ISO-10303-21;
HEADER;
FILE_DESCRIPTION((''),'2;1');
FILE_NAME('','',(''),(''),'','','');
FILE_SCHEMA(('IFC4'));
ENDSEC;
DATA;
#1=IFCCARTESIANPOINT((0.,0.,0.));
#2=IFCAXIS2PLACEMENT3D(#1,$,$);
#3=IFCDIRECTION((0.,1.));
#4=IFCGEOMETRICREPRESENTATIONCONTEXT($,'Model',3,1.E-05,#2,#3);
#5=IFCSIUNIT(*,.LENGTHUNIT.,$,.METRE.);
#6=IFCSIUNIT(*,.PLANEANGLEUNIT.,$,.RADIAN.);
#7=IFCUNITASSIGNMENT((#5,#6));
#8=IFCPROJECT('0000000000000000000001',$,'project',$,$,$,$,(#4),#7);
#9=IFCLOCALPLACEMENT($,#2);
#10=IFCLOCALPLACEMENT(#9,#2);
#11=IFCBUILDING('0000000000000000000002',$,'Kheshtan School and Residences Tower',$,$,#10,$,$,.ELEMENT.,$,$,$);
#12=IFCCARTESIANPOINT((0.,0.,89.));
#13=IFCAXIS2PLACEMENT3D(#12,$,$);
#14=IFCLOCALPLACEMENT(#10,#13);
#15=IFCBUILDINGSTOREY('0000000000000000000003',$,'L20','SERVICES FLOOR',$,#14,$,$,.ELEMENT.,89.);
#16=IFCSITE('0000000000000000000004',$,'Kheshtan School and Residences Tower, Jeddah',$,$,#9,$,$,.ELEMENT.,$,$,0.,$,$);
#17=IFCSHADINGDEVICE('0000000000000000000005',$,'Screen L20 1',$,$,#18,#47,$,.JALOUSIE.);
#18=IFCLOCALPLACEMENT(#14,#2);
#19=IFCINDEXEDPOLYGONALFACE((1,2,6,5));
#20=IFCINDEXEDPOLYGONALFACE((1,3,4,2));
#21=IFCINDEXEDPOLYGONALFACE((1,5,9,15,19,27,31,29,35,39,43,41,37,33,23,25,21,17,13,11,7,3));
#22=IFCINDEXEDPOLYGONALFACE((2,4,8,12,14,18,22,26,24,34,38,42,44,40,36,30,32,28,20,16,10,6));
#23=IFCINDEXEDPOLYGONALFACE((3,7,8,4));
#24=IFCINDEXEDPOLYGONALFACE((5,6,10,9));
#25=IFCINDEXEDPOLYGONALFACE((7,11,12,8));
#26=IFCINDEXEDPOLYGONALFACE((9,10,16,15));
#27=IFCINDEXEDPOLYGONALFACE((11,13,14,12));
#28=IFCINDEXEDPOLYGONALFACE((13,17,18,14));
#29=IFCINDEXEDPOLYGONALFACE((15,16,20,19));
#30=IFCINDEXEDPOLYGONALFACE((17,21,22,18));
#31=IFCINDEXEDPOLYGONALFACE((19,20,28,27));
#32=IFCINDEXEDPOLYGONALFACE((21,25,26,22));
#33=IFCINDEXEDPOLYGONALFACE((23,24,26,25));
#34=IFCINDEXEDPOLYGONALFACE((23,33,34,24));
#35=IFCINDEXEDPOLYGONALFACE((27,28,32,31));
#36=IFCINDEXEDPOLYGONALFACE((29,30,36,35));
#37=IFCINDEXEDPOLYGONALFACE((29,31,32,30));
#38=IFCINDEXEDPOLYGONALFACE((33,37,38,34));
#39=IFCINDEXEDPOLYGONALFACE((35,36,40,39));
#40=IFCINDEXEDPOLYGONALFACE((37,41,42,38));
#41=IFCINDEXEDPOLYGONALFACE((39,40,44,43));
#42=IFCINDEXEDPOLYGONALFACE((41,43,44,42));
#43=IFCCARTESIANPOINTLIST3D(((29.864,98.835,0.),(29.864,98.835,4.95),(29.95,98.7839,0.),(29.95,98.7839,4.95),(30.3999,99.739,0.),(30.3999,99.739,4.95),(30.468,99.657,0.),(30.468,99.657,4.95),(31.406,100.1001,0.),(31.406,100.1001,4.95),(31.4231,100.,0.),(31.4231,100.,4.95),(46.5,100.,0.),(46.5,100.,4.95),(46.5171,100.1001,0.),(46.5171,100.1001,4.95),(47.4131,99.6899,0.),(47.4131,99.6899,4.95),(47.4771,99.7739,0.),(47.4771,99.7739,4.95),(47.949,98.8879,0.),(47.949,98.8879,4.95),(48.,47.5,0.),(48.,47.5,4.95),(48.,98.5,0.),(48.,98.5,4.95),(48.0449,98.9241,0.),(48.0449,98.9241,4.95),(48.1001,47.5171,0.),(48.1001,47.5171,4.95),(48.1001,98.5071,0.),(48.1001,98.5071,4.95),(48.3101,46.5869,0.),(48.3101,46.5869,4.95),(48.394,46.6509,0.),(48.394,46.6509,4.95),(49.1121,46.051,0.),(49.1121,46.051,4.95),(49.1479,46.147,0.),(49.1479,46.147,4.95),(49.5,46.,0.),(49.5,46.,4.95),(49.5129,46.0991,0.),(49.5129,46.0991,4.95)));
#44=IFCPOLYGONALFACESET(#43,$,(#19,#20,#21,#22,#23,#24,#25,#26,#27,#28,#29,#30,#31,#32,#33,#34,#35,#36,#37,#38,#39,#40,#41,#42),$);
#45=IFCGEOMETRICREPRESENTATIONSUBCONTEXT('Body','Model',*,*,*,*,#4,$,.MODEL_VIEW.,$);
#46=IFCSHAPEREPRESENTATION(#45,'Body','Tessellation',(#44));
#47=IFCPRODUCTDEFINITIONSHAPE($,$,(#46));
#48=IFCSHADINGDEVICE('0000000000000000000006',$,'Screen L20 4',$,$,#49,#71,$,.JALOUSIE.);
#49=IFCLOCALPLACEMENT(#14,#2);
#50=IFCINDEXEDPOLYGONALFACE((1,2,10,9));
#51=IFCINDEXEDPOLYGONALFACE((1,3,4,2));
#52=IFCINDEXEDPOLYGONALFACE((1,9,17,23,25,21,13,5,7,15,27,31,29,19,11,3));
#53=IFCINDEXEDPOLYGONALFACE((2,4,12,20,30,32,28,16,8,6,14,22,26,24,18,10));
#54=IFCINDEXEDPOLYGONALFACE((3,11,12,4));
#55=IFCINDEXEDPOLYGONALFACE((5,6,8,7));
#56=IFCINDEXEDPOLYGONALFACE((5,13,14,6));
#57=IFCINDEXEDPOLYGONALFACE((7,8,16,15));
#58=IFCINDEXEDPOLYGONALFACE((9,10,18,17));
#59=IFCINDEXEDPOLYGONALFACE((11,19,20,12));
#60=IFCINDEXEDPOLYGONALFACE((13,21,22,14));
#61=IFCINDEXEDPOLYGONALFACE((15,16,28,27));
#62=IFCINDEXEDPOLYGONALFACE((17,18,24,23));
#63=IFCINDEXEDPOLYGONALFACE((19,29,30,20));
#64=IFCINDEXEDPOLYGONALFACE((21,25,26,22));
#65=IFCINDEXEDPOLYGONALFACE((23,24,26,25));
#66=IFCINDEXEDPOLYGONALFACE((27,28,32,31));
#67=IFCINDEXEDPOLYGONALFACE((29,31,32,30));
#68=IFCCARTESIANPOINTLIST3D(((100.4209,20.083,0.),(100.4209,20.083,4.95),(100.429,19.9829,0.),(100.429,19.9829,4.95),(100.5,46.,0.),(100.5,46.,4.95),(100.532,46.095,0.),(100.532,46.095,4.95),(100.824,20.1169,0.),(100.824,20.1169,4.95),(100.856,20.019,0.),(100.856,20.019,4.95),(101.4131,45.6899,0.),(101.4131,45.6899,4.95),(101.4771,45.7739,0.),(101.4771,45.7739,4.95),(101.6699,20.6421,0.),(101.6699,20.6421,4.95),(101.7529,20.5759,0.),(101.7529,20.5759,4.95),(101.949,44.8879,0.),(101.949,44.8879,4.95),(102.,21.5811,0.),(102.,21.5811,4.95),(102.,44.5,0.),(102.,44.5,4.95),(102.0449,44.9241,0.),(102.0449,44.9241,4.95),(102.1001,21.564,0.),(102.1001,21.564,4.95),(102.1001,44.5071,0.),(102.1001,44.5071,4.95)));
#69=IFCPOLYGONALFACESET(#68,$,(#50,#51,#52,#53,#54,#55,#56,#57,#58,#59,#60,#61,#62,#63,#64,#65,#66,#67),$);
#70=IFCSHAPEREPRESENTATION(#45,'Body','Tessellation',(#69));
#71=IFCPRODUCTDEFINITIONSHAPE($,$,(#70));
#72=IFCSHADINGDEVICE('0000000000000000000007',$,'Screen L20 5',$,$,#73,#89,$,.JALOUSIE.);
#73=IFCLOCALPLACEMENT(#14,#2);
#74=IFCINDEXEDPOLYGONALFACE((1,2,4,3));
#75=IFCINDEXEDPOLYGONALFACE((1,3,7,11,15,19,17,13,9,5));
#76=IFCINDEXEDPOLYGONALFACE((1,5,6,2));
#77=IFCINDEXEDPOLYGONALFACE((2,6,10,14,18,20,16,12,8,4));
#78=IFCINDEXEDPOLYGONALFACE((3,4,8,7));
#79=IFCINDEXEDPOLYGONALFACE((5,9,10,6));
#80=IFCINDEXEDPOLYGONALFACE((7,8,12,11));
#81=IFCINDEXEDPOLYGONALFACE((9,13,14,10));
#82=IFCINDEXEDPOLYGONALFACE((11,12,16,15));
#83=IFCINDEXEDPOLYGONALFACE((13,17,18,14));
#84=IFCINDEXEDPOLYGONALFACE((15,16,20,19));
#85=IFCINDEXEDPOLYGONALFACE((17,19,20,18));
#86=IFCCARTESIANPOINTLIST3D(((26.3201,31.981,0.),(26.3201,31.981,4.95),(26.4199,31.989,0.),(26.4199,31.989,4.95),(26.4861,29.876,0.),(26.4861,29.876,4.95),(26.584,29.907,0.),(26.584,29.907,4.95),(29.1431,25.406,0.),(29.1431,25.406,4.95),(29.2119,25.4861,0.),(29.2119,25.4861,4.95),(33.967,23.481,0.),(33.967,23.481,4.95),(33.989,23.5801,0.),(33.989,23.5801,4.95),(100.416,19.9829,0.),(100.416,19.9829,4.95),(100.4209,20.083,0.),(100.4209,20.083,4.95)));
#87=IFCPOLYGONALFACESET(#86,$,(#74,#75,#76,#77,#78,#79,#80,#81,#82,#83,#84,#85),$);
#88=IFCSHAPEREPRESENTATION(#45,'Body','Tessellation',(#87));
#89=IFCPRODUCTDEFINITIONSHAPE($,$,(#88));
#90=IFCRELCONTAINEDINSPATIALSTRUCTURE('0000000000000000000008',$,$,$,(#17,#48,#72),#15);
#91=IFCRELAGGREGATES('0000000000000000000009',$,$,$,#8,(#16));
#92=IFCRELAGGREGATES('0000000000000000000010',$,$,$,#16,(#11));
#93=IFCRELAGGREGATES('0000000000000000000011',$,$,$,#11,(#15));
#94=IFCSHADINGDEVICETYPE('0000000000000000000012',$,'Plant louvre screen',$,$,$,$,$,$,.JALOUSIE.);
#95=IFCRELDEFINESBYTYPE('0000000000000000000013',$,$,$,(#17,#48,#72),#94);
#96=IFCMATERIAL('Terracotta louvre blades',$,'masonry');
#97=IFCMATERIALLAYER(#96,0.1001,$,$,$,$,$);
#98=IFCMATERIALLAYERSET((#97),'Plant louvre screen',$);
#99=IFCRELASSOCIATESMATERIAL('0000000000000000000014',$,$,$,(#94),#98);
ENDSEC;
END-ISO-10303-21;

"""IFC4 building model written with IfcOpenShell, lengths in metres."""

from ifc_helpers import new_model, si_unit, direction, frame, origin, place, context, subcontext, project, spatial, polyline, outline, extrude, material, layer, layer_set, type_object, element, save


model = new_model("IFC4")

# Units and contexts
model_context = context("Model", 3, precision=1e-05, world=origin(), true_north=direction((0.0, 1.0)))
body_context = subcontext(model_context, "Body", "Model", "MODEL_VIEW")
ifc_project = project(units=[si_unit("LENGTHUNIT", "METRE"), si_unit("PLANEANGLEUNIT", "RADIAN")], contexts=[model_context])

# Site, building, storey
site_placement = place(None, origin())
site = spatial("IfcSite", under=ifc_project, at=site_placement, Name="Kheshtan School and Residences Tower, Jeddah", CompositionType="ELEMENT", RefElevation=0.0)
building_placement = place(site_placement, origin())
building = spatial("IfcBuilding", under=site, at=building_placement, Name="Kheshtan School and Residences Tower", CompositionType="ELEMENT")
storey_placement = place(building_placement, frame((0.0, 0.0, 89.0)))
storey = spatial("IfcBuildingStorey", under=building, at=storey_placement, Name="L20", Description="SERVICES FLOOR", CompositionType="ELEMENT", Elevation=89.0)

# Shading devices
ifc_material_1 = material(Name="Terracotta louvre blades", Category="masonry")
ifc_layer_1 = layer(ifc_material_1, 0.1001)
ifc_layer_set_1 = layer_set([ifc_layer_1], Name="Plant louvre screen")
shading_device_type = type_object("IfcShadingDeviceType", Name="Plant louvre screen", PredefinedType="JALOUSIE", material=ifc_layer_set_1)
shading_device_1_placement = place(storey_placement, origin())
element("IfcShadingDevice", 1, at=shading_device_1_placement, inside=storey, type_object=shading_device_type, Name="Screen L20 1", PredefinedType="JALOUSIE", context=body_context, shape_type="SweptSolid", body=[
    extrude(outline(polyline([(29.95, 98.7839), (30.468, 99.657), (31.4231, 100.0), (46.5, 100.0), (47.4131, 99.6899), (47.949, 98.8879), (48.0, 98.5), (48.0, 47.5), (48.3101, 46.5869), (49.1121, 46.051), (49.5, 46.0), (49.5129, 46.0991), (49.1479, 46.147), (48.394, 46.6509), (48.1001, 47.5171), (48.1001, 98.5071), (48.0449, 98.9241), (47.4771, 99.7739), (46.5171, 100.1001), (31.406, 100.1001), (30.3999, 99.739), (29.864, 98.835), (29.95, 98.7839)])), origin(), (0.0, 0.0, 1.0), 4.95),
])
shading_device_2_placement = place(storey_placement, origin())
element("IfcShadingDevice", 2, at=shading_device_2_placement, inside=storey, type_object=shading_device_type, Name="Screen L20 4", PredefinedType="JALOUSIE", context=body_context, shape_type="SweptSolid", body=[
    extrude(outline(polyline([(100.5, 46.0), (101.4131, 45.6899), (101.949, 44.8879), (102.0, 44.5), (102.0, 21.5811), (101.6699, 20.6421), (100.824, 20.1169), (100.4209, 20.083), (100.429, 19.9829), (100.856, 20.019), (101.7529, 20.5759), (102.1001, 21.564), (102.1001, 44.5071), (102.0449, 44.9241), (101.4771, 45.7739), (100.532, 46.095), (100.5, 46.0)])), origin(), (0.0, 0.0, 1.0), 4.95),
])
shading_device_3_placement = place(storey_placement, origin())
element("IfcShadingDevice", 3, at=shading_device_3_placement, inside=storey, type_object=shading_device_type, Name="Screen L20 5", PredefinedType="JALOUSIE", context=body_context, shape_type="SweptSolid", body=[
    extrude(outline(polyline([(100.4209, 20.083), (33.989, 23.5801), (29.2119, 25.4861), (26.584, 29.907), (26.4199, 31.989), (26.3201, 31.981), (26.4861, 29.876), (29.1431, 25.406), (33.967, 23.481), (100.416, 19.9829), (100.4209, 20.083)])), origin(), (0.0, 0.0, 1.0), 4.95),
])

save(model, "model.ifc")
